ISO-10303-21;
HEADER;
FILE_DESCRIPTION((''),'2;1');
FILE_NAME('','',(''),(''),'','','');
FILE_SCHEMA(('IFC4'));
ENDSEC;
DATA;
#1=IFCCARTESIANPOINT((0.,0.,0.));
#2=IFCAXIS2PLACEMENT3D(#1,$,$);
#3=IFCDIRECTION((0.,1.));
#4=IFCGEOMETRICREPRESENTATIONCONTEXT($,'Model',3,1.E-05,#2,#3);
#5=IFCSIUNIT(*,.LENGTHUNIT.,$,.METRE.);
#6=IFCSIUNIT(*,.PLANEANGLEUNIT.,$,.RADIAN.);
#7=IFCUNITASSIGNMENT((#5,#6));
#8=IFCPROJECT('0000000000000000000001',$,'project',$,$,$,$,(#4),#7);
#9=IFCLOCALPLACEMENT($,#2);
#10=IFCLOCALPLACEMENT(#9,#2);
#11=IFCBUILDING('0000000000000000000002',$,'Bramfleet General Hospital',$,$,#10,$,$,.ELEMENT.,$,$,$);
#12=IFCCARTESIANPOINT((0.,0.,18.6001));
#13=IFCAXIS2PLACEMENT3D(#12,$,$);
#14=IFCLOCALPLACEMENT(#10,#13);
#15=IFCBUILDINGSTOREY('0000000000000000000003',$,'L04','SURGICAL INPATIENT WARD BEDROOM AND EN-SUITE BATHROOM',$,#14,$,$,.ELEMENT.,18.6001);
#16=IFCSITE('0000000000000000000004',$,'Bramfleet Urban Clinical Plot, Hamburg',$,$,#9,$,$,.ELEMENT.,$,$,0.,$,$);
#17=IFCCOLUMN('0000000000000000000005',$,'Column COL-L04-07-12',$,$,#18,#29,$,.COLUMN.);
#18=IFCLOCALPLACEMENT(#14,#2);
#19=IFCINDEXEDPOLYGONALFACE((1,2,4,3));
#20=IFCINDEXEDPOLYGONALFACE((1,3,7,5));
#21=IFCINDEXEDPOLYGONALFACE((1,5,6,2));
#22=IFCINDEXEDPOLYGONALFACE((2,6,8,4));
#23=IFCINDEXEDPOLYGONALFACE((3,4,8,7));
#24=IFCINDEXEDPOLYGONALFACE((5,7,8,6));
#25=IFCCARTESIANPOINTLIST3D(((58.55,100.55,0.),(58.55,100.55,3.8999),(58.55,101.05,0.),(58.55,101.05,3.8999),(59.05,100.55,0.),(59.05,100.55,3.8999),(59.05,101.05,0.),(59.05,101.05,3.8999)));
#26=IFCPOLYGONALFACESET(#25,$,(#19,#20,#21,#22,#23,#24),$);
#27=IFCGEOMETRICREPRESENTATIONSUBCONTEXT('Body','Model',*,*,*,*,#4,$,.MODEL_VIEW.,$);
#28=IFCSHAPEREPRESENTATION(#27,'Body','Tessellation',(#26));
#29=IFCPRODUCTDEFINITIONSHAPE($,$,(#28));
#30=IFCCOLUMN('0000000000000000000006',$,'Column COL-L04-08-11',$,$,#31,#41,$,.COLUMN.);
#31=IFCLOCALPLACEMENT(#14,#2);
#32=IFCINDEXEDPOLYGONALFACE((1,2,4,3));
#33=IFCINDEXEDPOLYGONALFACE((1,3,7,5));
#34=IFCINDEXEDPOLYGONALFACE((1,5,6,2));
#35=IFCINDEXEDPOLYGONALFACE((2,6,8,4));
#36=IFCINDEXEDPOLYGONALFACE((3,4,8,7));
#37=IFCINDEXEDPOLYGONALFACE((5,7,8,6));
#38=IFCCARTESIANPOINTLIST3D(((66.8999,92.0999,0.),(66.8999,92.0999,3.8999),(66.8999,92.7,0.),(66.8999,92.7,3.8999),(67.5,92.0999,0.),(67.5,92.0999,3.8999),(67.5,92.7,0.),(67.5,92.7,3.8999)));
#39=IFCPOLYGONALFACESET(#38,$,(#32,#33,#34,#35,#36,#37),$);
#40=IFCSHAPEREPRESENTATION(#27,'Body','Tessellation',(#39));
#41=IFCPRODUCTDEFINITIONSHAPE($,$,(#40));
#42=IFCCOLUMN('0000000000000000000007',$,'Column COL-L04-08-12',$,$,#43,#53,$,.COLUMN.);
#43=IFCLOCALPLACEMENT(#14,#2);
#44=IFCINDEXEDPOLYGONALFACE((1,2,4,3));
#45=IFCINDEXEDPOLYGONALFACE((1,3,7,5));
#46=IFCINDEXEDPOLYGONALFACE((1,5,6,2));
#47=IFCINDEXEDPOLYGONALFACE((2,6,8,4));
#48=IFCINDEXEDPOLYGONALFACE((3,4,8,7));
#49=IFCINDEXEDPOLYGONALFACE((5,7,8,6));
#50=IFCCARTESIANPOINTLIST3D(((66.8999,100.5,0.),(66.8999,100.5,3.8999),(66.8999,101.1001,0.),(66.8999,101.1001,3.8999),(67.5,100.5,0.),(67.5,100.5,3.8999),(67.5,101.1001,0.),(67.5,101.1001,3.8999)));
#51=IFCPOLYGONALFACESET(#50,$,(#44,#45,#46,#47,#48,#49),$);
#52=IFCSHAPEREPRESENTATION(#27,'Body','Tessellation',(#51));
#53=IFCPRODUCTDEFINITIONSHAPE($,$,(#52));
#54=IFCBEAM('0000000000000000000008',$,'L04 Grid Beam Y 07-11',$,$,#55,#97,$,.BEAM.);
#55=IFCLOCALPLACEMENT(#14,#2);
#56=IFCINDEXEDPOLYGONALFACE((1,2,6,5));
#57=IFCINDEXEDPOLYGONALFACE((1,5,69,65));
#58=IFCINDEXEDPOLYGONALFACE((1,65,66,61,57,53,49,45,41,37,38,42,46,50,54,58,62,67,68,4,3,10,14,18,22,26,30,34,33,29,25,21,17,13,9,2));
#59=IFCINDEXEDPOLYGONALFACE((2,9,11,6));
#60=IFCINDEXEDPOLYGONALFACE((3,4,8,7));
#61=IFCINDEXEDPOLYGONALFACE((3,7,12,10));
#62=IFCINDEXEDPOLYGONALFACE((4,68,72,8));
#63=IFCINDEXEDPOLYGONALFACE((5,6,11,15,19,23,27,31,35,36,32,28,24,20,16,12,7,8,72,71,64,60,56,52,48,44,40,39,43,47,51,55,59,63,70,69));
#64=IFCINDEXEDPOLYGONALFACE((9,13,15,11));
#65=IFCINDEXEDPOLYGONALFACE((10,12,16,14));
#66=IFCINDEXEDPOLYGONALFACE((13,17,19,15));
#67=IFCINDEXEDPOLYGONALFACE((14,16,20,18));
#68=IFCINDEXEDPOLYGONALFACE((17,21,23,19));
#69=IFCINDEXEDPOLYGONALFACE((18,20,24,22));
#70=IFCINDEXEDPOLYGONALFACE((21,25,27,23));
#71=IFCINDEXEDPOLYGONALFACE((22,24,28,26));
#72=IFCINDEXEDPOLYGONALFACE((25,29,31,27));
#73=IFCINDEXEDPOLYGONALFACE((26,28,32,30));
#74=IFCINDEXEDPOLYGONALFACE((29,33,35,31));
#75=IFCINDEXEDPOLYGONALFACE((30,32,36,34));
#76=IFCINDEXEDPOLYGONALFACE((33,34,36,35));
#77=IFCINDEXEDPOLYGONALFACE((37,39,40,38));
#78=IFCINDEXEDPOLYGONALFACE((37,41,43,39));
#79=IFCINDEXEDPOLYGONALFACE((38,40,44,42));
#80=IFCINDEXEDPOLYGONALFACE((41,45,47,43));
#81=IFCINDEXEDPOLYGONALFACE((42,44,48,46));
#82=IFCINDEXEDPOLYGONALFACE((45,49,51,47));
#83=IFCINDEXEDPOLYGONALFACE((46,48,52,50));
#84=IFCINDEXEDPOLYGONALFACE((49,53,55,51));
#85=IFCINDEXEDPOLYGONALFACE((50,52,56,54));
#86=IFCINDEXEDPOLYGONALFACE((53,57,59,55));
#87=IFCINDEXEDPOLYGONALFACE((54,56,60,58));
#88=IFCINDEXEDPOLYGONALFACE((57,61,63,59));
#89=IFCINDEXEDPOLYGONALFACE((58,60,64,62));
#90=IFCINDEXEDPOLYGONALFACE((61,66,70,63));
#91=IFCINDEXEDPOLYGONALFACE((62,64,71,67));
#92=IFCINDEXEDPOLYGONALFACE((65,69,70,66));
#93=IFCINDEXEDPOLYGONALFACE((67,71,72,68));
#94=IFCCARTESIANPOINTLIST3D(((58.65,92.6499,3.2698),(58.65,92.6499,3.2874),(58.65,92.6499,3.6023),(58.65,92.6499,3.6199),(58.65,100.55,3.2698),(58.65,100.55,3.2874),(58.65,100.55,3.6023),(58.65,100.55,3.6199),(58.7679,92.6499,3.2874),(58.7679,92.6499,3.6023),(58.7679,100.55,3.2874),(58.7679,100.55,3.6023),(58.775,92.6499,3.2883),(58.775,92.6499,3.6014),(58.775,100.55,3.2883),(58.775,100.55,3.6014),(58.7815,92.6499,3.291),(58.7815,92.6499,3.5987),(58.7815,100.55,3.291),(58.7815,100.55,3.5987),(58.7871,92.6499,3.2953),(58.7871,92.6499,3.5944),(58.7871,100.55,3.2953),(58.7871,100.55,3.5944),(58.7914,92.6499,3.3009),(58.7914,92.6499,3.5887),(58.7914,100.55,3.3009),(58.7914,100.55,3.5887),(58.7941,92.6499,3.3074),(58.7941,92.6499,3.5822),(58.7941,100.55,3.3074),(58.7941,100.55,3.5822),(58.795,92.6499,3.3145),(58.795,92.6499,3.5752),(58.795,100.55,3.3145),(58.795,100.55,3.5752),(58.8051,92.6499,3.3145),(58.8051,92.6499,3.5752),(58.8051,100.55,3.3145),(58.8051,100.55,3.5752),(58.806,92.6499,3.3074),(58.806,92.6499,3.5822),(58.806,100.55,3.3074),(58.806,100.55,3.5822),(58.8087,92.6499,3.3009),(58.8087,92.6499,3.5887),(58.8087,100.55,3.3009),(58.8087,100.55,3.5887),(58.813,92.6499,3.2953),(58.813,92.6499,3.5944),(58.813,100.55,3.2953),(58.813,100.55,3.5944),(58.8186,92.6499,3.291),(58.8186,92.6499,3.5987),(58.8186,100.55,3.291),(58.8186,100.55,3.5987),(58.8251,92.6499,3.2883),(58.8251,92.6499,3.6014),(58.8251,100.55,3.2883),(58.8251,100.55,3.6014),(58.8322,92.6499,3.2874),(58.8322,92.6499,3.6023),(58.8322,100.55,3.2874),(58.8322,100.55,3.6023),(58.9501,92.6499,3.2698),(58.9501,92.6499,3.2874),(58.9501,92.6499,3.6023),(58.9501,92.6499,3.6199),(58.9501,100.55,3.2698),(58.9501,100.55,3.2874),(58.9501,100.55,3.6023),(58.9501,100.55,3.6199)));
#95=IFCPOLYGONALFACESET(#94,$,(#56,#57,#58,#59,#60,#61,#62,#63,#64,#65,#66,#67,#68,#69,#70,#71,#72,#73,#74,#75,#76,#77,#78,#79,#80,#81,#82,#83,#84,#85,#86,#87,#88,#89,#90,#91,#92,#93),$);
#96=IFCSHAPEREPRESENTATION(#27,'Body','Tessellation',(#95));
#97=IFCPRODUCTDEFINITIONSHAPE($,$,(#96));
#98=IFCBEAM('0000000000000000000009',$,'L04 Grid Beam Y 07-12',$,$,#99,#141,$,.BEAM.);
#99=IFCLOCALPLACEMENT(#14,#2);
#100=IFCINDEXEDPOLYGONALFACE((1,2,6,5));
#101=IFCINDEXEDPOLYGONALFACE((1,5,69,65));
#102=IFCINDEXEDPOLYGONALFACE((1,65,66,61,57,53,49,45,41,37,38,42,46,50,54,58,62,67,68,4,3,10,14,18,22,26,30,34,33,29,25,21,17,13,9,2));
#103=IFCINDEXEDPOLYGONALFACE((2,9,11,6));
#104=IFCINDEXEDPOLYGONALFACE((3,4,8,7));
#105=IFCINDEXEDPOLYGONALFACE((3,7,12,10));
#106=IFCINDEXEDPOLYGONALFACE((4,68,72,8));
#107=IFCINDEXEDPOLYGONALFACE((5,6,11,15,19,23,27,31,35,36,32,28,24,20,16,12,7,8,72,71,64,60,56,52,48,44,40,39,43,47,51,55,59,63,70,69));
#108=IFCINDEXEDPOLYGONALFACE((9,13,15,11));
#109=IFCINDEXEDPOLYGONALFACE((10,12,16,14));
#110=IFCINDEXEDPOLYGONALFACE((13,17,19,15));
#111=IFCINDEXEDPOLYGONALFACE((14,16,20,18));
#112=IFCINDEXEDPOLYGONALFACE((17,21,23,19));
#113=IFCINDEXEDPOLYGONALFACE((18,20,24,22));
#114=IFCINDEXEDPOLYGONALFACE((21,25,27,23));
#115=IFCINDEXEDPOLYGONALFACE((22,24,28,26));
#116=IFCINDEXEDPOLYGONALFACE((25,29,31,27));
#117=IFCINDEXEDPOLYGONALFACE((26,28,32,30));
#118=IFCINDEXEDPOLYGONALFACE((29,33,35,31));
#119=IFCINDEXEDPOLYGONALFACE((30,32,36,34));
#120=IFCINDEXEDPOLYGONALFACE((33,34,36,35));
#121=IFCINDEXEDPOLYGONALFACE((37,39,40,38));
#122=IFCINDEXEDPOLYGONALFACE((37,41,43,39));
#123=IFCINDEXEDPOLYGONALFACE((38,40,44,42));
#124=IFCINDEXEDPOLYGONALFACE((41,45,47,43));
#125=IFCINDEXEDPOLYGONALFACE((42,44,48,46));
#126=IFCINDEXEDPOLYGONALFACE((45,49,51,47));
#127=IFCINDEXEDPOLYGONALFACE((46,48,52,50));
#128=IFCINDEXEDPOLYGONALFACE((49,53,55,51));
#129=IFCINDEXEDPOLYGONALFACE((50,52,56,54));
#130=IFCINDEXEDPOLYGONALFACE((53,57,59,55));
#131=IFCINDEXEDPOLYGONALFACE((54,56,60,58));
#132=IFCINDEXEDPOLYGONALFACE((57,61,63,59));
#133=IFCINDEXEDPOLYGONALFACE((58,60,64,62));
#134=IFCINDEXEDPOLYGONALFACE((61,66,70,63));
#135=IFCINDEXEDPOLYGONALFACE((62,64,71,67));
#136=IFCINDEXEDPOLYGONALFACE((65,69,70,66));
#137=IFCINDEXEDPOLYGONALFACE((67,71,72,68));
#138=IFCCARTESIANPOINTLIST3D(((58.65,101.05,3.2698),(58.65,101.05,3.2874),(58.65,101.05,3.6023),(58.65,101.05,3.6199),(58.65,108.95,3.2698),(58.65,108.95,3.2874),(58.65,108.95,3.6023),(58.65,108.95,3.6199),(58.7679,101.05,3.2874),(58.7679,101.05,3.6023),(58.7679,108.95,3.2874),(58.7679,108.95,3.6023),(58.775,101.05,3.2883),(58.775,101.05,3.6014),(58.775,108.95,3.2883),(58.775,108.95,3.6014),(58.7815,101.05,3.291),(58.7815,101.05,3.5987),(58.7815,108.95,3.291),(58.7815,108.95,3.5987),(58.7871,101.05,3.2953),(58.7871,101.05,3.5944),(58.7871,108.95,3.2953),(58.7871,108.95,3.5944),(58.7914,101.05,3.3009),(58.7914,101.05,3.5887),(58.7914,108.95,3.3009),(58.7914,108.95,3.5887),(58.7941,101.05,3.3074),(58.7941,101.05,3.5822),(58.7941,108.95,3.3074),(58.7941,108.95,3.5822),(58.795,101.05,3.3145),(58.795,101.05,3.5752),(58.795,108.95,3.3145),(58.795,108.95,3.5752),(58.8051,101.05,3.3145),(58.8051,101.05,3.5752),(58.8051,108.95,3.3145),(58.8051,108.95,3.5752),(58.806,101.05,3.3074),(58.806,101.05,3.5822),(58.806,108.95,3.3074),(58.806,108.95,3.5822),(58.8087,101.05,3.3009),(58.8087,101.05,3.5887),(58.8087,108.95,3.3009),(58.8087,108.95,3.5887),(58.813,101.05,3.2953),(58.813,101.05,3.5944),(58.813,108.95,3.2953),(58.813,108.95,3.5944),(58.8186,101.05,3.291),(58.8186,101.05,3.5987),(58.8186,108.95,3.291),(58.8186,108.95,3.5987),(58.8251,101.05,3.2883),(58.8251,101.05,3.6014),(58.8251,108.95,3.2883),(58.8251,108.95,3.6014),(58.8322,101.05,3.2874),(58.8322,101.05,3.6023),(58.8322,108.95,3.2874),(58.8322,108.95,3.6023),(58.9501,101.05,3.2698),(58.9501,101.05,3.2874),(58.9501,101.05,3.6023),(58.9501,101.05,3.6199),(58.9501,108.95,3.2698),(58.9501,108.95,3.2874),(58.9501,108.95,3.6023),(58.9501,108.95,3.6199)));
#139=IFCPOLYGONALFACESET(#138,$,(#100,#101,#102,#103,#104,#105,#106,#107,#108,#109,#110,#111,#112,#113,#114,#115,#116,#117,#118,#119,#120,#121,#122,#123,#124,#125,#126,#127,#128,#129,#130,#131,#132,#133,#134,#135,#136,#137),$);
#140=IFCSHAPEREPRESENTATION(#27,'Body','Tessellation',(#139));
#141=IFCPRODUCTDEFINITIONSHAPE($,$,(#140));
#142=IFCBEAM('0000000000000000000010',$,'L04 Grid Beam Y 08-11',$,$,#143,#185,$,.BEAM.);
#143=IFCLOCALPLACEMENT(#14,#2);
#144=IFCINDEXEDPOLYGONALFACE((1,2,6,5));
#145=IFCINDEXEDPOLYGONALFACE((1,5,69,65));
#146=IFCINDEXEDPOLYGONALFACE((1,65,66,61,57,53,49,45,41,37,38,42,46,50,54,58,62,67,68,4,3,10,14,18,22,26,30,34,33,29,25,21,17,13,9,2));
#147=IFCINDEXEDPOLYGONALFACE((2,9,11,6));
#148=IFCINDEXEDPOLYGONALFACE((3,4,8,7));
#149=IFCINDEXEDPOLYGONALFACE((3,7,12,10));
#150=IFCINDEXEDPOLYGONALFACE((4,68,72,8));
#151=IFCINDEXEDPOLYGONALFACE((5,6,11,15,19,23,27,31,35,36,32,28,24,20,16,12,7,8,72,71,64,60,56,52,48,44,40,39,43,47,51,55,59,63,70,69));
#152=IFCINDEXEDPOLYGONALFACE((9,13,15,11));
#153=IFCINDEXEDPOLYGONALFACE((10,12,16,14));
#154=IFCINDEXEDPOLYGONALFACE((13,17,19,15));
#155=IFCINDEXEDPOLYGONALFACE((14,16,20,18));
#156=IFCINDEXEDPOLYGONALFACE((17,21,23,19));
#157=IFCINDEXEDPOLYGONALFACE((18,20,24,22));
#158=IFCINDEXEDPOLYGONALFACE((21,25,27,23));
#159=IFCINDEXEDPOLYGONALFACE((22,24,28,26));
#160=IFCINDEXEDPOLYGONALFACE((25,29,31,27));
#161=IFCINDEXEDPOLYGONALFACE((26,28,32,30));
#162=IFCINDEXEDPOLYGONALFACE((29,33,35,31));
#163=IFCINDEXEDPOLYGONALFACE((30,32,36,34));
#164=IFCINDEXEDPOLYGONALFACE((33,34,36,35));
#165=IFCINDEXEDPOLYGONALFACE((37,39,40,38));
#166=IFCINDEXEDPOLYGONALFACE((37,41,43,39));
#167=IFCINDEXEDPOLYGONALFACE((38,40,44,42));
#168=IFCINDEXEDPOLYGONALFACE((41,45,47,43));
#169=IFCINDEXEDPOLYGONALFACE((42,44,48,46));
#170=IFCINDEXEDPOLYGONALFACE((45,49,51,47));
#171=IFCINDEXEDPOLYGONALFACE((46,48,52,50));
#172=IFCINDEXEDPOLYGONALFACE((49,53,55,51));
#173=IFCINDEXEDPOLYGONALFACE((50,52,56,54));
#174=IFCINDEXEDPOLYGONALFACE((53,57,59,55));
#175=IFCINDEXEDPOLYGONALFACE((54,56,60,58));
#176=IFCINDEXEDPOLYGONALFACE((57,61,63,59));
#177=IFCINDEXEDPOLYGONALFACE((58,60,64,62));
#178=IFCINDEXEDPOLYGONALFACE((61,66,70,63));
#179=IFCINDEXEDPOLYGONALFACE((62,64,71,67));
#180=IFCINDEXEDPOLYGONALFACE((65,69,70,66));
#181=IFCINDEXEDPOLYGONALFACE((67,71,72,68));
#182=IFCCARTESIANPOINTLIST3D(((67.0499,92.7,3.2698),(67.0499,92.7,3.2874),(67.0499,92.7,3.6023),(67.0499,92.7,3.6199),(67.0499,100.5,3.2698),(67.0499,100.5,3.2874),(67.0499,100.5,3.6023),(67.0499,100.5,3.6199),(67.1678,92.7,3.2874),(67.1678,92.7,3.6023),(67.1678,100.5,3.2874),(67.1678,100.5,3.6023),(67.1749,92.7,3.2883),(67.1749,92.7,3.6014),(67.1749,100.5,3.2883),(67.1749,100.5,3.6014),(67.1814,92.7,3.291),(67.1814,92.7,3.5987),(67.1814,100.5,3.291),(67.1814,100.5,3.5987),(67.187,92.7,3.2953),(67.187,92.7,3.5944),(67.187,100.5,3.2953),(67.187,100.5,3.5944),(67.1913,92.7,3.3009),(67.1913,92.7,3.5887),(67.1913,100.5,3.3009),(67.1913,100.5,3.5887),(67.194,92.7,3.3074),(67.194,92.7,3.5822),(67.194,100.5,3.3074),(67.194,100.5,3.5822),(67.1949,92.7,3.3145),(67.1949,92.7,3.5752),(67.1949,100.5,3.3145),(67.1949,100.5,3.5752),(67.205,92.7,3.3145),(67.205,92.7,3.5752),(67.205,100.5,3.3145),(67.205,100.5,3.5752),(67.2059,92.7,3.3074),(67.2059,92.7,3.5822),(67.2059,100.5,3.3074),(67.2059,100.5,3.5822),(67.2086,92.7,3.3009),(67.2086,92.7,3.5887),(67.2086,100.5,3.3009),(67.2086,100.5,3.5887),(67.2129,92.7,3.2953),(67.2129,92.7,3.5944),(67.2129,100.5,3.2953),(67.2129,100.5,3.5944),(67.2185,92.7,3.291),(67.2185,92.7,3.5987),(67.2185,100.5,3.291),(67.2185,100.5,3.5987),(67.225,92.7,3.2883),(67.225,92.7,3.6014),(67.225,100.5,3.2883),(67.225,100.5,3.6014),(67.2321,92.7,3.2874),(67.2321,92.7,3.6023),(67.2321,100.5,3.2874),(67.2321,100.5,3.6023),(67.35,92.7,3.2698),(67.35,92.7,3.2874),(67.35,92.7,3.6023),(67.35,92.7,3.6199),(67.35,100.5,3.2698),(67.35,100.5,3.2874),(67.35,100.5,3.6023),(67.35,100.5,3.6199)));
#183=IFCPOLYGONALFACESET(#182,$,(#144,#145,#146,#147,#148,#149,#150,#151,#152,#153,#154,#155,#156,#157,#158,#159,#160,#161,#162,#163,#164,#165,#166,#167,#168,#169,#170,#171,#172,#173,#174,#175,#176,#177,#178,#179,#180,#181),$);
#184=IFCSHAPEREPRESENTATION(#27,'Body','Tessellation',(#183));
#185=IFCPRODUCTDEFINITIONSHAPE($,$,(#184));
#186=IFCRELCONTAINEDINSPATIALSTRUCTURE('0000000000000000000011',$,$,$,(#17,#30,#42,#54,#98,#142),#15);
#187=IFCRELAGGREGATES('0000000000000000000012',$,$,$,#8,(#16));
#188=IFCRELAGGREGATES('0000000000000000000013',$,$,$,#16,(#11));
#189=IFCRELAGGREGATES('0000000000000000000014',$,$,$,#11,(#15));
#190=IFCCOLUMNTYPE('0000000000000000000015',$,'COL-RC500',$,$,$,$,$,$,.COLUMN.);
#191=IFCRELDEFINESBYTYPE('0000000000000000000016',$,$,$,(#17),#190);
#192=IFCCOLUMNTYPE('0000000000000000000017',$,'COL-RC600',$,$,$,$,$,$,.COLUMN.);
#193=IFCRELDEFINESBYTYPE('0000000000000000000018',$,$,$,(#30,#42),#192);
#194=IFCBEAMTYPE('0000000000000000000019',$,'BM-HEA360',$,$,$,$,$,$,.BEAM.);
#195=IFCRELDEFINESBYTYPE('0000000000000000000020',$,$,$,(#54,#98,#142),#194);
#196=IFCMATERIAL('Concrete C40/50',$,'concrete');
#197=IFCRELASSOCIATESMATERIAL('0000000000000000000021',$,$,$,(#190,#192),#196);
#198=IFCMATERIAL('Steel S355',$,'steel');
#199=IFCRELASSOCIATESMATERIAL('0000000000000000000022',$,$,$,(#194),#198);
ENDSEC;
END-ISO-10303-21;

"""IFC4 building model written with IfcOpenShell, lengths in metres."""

from ifc_helpers import new_model, si_unit, direction, frame, origin, origin_2d, place, context, subcontext, project, spatial, rectangle, i_section, extrude, material, material_profile, profile_set, type_object, element, save


model = new_model("IFC4")

# Units and contexts
model_context = context("Model", 3, precision=1e-05, world=origin(), true_north=direction((0.0, 1.0)))
body_context = subcontext(model_context, "Body", "Model", "MODEL_VIEW")
ifc_project = project(units=[si_unit("LENGTHUNIT", "METRE"), si_unit("PLANEANGLEUNIT", "RADIAN")], contexts=[model_context])

# Site, building, storey
site_placement = place(None, origin())
site = spatial("IfcSite", under=ifc_project, at=site_placement, Name="Bramfleet Urban Clinical Plot, Hamburg", CompositionType="ELEMENT", RefElevation=0.0)
building_placement = place(site_placement, origin())
building = spatial("IfcBuilding", under=site, at=building_placement, Name="Bramfleet General Hospital", CompositionType="ELEMENT")
storey_placement = place(building_placement, frame((0.0, 0.0, 18.6001)))
storey = spatial("IfcBuildingStorey", under=building, at=storey_placement, Name="L04", Description="SURGICAL INPATIENT WARD BEDROOM AND EN-SUITE BATHROOM", CompositionType="ELEMENT", Elevation=18.6001)

# Columns
ifc_material_1 = material(Name="Concrete C40/50", Category="concrete")
ifc_material_profile_1 = material_profile(ifc_material_1, rectangle(XDim=0.5, YDim=0.5, at=origin_2d()), Name="RC COL 500x500")
ifc_profile_set_1 = profile_set([ifc_material_profile_1], Name="Concrete C40/50")
column_type_1 = type_object("IfcColumnType", Name="COL-RC500", PredefinedType="COLUMN", material=ifc_profile_set_1)
column_placement = place(storey_placement, frame((58.8, 100.8, 0.0), z_axis=(0.0, 0.0, 1.0), x_axis=(1.0, 0.0, 0.0)))
element("IfcColumn", 1, at=column_placement, inside=storey, type_object=column_type_1, Name="Column COL-L04-07-12", PredefinedType="COLUMN", context=body_context, shape_type="SweptSolid", body=[
    extrude(rectangle(XDim=0.5, YDim=0.5, at=origin_2d()), origin(), (0.0, 0.0, 1.0), 3.8999),
])
ifc_material_profile_2 = material_profile(ifc_material_1, rectangle(XDim=0.6001, YDim=0.6001, at=origin_2d()), Name="RC COL 600x600")
ifc_profile_set_2 = profile_set([ifc_material_profile_2], Name="Concrete C40/50")
column_type_2 = type_object("IfcColumnType", Name="COL-RC600", PredefinedType="COLUMN", material=ifc_profile_set_2)
for number, where, z_axis, x_axis, name in (
    (2, (67.2, 92.3999, 0.0), (0.0, 0.0, 1.0), (1.0, 0.0, 0.0), "Column COL-L04-08-11"),
    (3, (67.2, 100.8, 0.0), (0.0, 0.0, 1.0), (1.0, 0.0, 0.0), "Column COL-L04-08-12"),
):
    element("IfcColumn", number, at=place(storey_placement, frame(where, z_axis=z_axis, x_axis=x_axis)), inside=storey, type_object=column_type_2, Name=name, PredefinedType="COLUMN", context=body_context, shape_type="SweptSolid", body=[
        extrude(rectangle(XDim=0.6001, YDim=0.6001, at=origin_2d()), origin(), (0.0, 0.0, 1.0), 3.8999),
    ])

# Beams
ifc_material_2 = material(Name="Steel S355", Category="steel")
ifc_material_profile_3 = material_profile(ifc_material_2, i_section(OverallWidth=0.3, OverallDepth=0.3501, WebThickness=0.01, FlangeThickness=0.0176, FilletRadius=0.0271, at=origin_2d()), Name="HEA 360")
ifc_profile_set_3 = profile_set([ifc_material_profile_3], Name="Steel S355")
beam_type_1 = type_object("IfcBeamType", Name="BM-HEA360", PredefinedType="BEAM", material=ifc_profile_set_3)
beam_1_placement = place(storey_placement, frame((58.8, 92.6499, 3.4448), z_axis=(0.0, 1.0, 0.0), x_axis=(-1.0, 0.0, 0.0)))
element("IfcBeam", 4, at=beam_1_placement, inside=storey, type_object=beam_type_1, Name="L04 Grid Beam Y 07-11", PredefinedType="BEAM", context=body_context, shape_type="SweptSolid", body=[
    extrude(i_section(OverallWidth=0.3, OverallDepth=0.3501, WebThickness=0.01, FlangeThickness=0.0176, FilletRadius=0.0271, at=origin_2d()), origin(), (0.0, 0.0, 1.0), 7.9001),
])
beam_2_placement = place(storey_placement, frame((58.8, 101.05, 3.4448), z_axis=(0.0, 1.0, 0.0), x_axis=(-1.0, 0.0, 0.0)))
element("IfcBeam", 5, at=beam_2_placement, inside=storey, type_object=beam_type_1, Name="L04 Grid Beam Y 07-12", PredefinedType="BEAM", context=body_context, shape_type="SweptSolid", body=[
    extrude(i_section(OverallWidth=0.3, OverallDepth=0.3501, WebThickness=0.01, FlangeThickness=0.0176, FilletRadius=0.0271, at=origin_2d()), origin(), (0.0, 0.0, 1.0), 7.8999),
])
beam_3_placement = place(storey_placement, frame((67.2, 92.7, 3.4448), z_axis=(0.0, 1.0, 0.0), x_axis=(-1.0, 0.0, 0.0)))
element("IfcBeam", 6, at=beam_3_placement, inside=storey, type_object=beam_type_1, Name="L04 Grid Beam Y 08-11", PredefinedType="BEAM", context=body_context, shape_type="SweptSolid", body=[
    extrude(i_section(OverallWidth=0.3, OverallDepth=0.3501, WebThickness=0.01, FlangeThickness=0.0176, FilletRadius=0.0271, at=origin_2d()), origin(), (0.0, 0.0, 1.0), 7.8),
])

save(model, "model.ifc")
